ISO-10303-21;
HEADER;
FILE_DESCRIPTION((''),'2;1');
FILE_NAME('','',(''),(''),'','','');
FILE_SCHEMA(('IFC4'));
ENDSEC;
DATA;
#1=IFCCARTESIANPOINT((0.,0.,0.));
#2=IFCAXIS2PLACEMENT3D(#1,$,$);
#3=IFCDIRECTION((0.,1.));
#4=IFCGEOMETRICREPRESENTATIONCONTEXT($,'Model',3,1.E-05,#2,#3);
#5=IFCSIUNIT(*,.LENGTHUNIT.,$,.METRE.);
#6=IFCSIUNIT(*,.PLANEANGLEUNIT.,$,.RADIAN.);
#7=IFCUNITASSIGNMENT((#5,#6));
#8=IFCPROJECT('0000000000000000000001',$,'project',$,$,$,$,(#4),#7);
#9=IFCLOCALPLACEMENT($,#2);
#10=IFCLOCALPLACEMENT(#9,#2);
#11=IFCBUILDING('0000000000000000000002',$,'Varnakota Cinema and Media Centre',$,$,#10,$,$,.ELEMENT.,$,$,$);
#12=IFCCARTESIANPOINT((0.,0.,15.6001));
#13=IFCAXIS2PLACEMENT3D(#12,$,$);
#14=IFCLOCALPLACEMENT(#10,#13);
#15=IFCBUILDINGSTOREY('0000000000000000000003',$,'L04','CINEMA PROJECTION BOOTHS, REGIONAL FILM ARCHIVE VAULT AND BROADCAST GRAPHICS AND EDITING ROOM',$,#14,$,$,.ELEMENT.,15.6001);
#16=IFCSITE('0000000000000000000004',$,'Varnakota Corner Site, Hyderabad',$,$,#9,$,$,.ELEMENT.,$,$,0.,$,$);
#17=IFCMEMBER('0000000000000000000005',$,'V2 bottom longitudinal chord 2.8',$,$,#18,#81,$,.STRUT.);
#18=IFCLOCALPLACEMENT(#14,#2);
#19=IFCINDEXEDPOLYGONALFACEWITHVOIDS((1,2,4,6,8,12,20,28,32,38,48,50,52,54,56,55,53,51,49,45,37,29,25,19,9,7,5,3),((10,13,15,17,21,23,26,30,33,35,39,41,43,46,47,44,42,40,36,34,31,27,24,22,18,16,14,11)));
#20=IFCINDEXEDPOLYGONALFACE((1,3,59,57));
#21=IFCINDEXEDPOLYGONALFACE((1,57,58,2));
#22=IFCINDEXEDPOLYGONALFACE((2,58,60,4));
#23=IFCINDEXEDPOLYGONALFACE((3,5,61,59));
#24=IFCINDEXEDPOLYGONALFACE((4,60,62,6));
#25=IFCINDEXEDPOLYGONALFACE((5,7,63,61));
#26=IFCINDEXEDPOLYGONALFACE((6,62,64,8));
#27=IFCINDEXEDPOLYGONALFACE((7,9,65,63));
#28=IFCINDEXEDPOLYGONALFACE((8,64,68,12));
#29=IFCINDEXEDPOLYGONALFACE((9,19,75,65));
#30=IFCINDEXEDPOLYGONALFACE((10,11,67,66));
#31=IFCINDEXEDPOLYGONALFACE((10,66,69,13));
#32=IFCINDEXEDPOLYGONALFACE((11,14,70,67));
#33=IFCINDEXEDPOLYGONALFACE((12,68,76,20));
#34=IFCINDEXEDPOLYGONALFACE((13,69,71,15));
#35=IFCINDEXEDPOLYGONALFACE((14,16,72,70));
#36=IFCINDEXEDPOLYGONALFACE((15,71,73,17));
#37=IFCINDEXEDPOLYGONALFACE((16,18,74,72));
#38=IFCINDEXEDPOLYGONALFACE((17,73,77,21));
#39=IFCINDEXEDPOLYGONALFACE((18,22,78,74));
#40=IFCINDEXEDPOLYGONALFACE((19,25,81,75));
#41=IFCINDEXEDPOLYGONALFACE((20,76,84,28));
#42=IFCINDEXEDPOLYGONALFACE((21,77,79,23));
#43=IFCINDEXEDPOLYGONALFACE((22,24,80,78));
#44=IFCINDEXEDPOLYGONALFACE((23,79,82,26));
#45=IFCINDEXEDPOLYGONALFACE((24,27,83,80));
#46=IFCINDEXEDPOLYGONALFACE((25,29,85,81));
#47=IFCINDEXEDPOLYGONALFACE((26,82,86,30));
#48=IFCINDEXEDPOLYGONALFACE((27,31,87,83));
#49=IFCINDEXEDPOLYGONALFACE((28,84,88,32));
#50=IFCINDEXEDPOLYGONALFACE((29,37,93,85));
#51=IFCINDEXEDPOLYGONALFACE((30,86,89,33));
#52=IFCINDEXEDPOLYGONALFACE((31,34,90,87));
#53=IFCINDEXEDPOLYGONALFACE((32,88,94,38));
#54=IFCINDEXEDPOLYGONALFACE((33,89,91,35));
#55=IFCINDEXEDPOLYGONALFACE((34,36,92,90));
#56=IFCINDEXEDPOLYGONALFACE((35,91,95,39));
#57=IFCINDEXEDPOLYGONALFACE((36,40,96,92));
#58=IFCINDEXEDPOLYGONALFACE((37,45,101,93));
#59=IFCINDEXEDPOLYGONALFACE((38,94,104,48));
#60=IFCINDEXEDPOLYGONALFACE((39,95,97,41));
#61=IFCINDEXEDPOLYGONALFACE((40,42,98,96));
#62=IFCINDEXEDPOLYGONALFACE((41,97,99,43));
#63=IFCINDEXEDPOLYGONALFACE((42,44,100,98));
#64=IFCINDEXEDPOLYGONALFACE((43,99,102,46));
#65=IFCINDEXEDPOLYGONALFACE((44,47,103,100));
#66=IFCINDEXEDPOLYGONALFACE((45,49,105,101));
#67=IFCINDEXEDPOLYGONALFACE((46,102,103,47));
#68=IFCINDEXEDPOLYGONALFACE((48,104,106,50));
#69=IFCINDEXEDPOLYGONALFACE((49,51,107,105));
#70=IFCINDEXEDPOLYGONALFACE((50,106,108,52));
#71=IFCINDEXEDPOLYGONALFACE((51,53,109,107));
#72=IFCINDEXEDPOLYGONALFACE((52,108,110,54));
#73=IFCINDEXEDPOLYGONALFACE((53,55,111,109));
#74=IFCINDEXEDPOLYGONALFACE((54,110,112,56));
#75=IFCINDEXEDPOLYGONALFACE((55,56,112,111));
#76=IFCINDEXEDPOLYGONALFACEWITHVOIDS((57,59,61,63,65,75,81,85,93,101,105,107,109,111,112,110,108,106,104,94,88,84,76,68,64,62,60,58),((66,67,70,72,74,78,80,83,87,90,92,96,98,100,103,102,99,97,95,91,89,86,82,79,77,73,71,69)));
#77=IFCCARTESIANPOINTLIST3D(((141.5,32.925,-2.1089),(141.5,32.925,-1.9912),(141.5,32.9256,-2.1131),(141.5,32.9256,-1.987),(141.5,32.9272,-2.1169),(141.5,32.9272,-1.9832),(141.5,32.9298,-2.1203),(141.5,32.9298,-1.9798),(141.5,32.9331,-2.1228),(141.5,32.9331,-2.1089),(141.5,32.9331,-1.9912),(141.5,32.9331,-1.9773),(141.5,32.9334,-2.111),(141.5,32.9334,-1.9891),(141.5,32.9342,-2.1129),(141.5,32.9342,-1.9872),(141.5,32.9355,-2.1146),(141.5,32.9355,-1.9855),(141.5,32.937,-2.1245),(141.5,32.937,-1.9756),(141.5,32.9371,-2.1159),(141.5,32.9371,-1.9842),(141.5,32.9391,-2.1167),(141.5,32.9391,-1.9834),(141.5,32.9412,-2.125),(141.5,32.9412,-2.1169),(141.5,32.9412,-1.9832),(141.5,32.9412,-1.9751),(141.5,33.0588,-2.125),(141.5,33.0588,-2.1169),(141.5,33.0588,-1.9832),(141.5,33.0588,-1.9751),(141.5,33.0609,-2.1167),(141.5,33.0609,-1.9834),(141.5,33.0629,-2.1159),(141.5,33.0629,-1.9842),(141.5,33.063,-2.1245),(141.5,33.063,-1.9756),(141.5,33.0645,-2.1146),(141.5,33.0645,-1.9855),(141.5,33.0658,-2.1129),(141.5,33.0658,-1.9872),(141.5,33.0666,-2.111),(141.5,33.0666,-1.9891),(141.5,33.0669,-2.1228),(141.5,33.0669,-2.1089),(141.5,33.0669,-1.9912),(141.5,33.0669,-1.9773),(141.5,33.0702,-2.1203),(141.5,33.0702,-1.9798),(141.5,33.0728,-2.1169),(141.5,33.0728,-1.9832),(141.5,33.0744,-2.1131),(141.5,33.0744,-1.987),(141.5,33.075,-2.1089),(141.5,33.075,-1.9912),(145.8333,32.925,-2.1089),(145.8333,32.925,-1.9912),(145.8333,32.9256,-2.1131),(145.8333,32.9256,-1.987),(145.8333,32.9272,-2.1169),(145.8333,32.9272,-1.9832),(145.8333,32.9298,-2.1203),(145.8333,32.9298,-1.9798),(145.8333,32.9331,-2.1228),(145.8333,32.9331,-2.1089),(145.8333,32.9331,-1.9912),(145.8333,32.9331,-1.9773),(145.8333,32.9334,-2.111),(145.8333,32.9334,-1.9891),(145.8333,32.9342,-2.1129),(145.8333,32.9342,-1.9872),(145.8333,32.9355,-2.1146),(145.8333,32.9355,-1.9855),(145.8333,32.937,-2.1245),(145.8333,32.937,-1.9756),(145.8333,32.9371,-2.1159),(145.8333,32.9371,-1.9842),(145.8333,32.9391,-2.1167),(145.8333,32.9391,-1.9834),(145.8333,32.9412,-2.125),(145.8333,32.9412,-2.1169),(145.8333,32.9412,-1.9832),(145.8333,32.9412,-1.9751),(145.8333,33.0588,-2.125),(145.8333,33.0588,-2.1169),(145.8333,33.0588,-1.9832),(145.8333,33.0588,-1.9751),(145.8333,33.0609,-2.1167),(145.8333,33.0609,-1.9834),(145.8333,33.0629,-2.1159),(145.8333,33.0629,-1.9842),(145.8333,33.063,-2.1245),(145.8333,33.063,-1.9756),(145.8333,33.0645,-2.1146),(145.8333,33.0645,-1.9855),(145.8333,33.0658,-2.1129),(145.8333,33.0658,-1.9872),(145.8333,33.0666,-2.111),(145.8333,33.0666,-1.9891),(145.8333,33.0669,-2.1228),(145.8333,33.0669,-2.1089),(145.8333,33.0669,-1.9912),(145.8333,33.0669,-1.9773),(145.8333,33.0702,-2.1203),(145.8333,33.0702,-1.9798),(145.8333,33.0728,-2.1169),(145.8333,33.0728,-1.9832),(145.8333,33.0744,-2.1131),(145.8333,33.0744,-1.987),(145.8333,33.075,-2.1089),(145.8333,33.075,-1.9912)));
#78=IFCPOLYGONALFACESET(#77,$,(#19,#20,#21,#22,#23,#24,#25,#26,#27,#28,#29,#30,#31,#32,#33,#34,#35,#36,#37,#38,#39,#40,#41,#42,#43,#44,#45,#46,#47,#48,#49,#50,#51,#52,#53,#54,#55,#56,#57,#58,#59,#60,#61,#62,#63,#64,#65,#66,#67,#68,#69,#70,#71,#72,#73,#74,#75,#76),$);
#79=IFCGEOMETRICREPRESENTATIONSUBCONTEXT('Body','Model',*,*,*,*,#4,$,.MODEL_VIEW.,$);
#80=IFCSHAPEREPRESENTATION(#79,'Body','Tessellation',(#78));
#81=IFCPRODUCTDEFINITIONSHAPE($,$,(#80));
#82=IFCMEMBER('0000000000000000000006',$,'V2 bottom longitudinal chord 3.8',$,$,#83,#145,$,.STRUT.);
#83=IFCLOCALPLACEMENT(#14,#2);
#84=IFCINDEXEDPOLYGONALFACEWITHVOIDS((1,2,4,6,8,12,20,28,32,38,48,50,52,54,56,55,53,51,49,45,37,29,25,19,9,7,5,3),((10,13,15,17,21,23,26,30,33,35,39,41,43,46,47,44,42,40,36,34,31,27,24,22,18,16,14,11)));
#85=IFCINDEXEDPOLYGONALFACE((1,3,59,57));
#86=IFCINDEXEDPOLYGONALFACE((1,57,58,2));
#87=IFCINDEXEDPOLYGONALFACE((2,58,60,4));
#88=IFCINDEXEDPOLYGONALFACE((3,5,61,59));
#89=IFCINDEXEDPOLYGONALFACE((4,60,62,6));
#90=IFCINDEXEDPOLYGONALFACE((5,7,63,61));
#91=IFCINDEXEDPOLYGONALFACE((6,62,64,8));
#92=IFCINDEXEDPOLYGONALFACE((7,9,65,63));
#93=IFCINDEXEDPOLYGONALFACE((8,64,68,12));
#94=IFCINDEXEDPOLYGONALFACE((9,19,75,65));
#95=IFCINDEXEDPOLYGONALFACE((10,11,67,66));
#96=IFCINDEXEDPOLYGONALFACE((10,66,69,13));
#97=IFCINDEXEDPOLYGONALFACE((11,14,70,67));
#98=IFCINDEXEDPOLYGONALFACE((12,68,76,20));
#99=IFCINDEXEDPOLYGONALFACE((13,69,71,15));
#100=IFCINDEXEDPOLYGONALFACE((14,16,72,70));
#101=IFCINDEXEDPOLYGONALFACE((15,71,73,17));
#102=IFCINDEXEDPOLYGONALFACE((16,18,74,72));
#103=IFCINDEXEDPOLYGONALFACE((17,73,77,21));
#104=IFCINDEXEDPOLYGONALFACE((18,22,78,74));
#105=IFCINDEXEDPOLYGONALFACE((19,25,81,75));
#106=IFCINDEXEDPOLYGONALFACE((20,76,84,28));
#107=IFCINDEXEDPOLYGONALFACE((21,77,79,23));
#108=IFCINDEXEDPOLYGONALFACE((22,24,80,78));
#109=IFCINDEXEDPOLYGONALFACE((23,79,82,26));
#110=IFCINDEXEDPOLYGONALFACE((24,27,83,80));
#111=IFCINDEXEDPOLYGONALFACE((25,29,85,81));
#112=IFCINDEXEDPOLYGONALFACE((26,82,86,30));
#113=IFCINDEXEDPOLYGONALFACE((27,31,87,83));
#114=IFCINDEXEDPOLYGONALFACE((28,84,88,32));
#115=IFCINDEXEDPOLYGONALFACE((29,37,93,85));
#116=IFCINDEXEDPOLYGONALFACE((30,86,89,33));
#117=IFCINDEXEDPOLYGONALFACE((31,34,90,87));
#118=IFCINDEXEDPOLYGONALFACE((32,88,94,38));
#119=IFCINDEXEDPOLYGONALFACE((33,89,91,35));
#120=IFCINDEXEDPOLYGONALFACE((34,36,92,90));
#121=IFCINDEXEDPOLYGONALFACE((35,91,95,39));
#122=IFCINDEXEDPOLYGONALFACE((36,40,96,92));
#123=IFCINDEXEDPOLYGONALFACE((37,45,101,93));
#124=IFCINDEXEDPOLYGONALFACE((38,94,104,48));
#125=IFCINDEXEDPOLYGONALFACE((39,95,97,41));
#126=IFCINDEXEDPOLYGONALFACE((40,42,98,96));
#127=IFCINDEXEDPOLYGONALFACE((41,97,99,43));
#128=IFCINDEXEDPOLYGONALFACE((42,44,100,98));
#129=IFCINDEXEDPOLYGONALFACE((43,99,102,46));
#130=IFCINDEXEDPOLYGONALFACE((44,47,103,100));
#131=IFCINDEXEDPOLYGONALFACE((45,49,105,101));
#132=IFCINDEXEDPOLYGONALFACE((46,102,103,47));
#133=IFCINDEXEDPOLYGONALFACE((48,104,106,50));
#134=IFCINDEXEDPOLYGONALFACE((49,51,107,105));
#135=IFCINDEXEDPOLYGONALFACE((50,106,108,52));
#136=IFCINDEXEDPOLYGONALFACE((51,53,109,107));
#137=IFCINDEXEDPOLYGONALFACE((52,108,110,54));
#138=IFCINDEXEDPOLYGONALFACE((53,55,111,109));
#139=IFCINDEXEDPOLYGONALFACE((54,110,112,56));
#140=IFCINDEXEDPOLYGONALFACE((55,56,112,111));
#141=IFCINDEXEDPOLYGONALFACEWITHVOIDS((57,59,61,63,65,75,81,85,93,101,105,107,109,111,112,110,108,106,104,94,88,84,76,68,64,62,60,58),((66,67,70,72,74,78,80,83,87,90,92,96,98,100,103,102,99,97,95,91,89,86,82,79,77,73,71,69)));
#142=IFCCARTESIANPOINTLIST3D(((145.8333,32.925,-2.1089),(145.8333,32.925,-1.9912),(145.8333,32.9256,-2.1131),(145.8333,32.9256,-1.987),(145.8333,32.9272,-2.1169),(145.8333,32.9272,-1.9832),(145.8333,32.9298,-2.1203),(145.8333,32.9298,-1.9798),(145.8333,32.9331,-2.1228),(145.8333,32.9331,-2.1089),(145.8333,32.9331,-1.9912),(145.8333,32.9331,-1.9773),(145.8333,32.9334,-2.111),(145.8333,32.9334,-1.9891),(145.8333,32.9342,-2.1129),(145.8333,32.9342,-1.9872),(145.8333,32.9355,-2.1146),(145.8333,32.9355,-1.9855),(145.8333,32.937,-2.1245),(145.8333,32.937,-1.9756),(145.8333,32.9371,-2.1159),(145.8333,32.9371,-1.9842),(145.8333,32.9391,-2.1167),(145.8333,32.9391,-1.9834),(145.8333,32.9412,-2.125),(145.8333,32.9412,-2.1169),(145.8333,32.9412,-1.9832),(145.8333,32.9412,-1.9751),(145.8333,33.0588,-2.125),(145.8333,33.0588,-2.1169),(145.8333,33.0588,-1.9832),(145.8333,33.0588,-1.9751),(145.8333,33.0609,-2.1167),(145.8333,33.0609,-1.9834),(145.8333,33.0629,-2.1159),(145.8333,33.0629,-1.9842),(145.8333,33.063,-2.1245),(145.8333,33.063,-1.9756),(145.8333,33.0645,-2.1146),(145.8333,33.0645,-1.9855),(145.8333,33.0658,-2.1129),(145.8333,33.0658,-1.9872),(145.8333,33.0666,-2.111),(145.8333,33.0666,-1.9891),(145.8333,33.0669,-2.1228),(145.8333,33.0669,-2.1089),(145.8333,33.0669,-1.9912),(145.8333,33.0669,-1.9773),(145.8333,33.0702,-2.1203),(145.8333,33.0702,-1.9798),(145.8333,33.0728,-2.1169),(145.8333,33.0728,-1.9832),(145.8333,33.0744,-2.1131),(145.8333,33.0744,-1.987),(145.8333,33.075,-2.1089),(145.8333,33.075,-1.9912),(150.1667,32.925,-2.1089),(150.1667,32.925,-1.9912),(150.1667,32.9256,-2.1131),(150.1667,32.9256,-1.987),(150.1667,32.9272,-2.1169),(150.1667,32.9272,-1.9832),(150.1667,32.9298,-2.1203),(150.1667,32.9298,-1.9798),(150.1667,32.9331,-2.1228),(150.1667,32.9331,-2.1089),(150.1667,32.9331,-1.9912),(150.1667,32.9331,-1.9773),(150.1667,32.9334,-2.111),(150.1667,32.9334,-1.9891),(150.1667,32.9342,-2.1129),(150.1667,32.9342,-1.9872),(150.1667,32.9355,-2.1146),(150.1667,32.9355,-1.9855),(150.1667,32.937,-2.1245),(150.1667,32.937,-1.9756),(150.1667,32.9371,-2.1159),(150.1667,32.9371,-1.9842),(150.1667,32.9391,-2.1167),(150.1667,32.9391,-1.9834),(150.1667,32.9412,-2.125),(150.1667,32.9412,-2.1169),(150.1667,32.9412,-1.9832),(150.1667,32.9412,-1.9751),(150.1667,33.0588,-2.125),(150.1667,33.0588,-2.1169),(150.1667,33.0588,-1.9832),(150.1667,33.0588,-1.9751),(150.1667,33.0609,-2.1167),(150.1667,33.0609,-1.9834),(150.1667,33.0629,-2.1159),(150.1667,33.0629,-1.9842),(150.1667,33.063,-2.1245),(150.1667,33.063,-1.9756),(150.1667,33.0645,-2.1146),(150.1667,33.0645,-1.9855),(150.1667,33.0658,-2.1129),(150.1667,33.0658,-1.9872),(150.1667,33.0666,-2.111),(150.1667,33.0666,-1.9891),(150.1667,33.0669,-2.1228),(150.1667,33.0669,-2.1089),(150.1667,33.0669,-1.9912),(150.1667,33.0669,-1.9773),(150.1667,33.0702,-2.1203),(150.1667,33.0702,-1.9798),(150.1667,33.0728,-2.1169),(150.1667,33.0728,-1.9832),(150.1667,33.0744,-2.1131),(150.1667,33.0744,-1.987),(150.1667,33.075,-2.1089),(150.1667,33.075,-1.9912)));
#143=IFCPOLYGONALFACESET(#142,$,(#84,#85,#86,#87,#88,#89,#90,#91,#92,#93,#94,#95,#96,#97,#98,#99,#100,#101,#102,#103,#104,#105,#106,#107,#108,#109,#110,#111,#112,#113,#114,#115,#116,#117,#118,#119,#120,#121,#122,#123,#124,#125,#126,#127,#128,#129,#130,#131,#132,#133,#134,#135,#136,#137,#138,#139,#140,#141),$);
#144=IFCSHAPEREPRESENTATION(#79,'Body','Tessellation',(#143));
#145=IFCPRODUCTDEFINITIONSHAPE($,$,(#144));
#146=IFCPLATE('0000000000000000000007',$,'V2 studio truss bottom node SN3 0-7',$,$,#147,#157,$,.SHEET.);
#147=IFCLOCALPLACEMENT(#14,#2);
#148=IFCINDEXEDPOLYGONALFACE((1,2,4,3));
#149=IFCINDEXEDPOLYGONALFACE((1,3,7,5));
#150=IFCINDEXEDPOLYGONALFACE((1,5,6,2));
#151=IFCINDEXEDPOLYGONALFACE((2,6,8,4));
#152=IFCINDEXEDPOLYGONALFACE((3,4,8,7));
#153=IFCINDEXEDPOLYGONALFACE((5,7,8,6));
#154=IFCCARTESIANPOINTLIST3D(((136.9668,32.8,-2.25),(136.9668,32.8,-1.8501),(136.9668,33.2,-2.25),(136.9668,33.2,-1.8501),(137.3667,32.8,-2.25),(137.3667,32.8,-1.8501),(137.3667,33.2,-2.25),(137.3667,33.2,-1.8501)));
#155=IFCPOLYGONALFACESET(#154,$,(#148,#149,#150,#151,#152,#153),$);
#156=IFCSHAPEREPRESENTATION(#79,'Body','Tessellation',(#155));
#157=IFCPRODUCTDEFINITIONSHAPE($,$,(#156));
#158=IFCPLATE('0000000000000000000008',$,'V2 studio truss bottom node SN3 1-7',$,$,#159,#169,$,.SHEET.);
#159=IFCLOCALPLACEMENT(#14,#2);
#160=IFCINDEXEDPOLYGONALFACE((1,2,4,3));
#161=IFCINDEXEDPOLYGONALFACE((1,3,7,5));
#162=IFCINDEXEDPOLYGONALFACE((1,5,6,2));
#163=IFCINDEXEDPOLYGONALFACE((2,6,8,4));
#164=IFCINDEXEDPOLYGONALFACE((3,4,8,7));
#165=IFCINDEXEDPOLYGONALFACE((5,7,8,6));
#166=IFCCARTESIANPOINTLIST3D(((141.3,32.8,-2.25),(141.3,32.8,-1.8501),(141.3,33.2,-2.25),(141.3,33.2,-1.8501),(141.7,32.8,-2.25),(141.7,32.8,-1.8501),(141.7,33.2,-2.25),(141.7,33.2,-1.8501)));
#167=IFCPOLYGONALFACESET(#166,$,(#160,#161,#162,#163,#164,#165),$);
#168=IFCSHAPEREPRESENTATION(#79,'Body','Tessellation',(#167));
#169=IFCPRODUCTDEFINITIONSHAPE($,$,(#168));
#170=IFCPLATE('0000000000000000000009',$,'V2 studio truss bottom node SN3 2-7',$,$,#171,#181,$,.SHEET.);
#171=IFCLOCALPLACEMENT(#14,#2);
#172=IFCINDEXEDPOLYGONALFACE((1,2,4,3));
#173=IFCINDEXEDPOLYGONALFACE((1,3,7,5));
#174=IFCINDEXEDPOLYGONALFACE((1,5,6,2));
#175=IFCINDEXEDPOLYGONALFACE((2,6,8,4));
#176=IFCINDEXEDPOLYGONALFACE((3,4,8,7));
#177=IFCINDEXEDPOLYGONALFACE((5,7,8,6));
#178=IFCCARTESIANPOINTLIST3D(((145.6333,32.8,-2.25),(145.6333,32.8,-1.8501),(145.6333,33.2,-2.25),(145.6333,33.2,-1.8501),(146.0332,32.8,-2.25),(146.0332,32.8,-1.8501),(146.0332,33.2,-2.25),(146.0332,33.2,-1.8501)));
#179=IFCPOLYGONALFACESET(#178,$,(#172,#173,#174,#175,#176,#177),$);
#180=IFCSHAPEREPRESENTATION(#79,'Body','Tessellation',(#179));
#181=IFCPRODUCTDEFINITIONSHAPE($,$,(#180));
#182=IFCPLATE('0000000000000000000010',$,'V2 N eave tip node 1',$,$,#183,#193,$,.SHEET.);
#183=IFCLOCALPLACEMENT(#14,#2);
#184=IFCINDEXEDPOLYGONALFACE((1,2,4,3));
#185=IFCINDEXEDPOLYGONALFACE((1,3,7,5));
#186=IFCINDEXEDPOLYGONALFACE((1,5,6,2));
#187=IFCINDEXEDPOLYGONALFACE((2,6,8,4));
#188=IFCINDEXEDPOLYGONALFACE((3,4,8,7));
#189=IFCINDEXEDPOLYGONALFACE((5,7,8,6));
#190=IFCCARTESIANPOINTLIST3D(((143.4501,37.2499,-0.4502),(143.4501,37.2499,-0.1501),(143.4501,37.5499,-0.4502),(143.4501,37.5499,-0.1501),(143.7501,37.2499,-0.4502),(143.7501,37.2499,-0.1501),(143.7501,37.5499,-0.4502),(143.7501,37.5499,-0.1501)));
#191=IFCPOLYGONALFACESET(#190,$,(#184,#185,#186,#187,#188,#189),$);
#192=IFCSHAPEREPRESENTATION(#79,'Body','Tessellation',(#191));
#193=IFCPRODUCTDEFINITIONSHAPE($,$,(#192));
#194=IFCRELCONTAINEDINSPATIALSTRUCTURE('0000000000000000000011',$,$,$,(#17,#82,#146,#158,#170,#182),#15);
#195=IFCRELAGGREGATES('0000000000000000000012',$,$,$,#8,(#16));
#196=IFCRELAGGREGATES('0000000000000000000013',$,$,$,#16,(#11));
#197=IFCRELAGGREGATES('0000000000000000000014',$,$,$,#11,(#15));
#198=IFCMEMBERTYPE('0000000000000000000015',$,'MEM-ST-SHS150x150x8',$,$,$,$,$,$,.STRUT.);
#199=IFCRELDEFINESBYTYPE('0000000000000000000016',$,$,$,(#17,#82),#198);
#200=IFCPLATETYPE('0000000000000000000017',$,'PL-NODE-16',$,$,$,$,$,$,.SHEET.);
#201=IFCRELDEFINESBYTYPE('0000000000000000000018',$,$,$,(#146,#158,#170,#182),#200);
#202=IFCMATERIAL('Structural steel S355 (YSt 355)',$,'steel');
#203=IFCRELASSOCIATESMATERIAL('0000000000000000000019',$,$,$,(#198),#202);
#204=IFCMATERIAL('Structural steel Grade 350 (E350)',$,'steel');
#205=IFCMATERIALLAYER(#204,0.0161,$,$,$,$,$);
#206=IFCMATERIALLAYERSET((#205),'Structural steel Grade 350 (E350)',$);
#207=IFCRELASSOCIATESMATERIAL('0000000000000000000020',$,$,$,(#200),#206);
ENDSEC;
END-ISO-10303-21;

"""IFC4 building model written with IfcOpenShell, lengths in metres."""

from ifc_helpers import new_model, si_unit, direction, frame, origin, origin_2d, place, context, subcontext, project, spatial, rectangle, hollow_rectangle, extrude, material, layer, layer_set, material_profile, profile_set, type_object, element, save


model = new_model("IFC4")

# Units and contexts
model_context = context("Model", 3, precision=1e-05, world=origin(), true_north=direction((0.0, 1.0)))
body_context = subcontext(model_context, "Body", "Model", "MODEL_VIEW")
ifc_project = project(units=[si_unit("LENGTHUNIT", "METRE"), si_unit("PLANEANGLEUNIT", "RADIAN")], contexts=[model_context])

# Site, building, storey
site_placement = place(None, origin())
site = spatial("IfcSite", under=ifc_project, at=site_placement, Name="Varnakota Corner Site, Hyderabad", CompositionType="ELEMENT", RefElevation=0.0)
building_placement = place(site_placement, origin())
building = spatial("IfcBuilding", under=site, at=building_placement, Name="Varnakota Cinema and Media Centre", CompositionType="ELEMENT")
storey_placement = place(building_placement, frame((0.0, 0.0, 15.6001)))
storey = spatial("IfcBuildingStorey", under=building, at=storey_placement, Name="L04", Description="CINEMA PROJECTION BOOTHS, REGIONAL FILM ARCHIVE VAULT AND BROADCAST GRAPHICS AND EDITING ROOM", CompositionType="ELEMENT", Elevation=15.6001)

# Members
ifc_material_1 = material(Name="Structural steel S355 (YSt 355)", Category="steel")
ifc_material_profile_1 = material_profile(ifc_material_1, hollow_rectangle(XDim=0.1499, YDim=0.1499, WallThickness=0.0081, InnerFilletRadius=0.0081, OuterFilletRadius=0.0161, at=origin_2d()), Name="SHS 150x150x8")
ifc_profile_set_1 = profile_set([ifc_material_profile_1], Name="Structural steel S355 (YSt 355)")
member_type_1 = type_object("IfcMemberType", Name="MEM-ST-SHS150x150x8", PredefinedType="STRUT", material=ifc_profile_set_1)
for number, where, z_axis, x_axis, name in (
    (1, (141.5, 33.0, -2.05), (1.0, 0.0, 0.0), (0.0, 1.0, 0.0), "V2 bottom longitudinal chord 2.8"),
):
    element("IfcMember", number, at=place(storey_placement, frame(where, z_axis=z_axis, x_axis=x_axis)), inside=storey, type_object=member_type_1, Name=name, PredefinedType="STRUT", context=body_context, shape_type="SweptSolid", body=[
        extrude(hollow_rectangle(XDim=0.1499, YDim=0.1499, WallThickness=0.0081, InnerFilletRadius=0.0081, OuterFilletRadius=0.0161, at=origin_2d()), origin(), (0.0, 0.0, 1.0), 4.3333),
    ])
member_1_placement = place(storey_placement, frame((145.8333, 33.0, -2.05), z_axis=(1.0, 0.0, 0.0), x_axis=(0.0, 1.0, 0.0)))
element("IfcMember", 2, at=member_1_placement, inside=storey, type_object=member_type_1, Name="V2 bottom longitudinal chord 3.8", PredefinedType="STRUT", context=body_context, shape_type="SweptSolid", body=[
    extrude(hollow_rectangle(XDim=0.1499, YDim=0.1499, WallThickness=0.0081, InnerFilletRadius=0.0081, OuterFilletRadius=0.0161, at=origin_2d()), origin(), (0.0, 0.0, 1.0), 4.3335),
])

# Plates
ifc_material_2 = material(Name="Structural steel Grade 350 (E350)", Category="steel")
ifc_layer_1 = layer(ifc_material_2, 0.0161)
ifc_layer_set_1 = layer_set([ifc_layer_1], Name="Structural steel Grade 350 (E350)")
plate_type_1 = type_object("IfcPlateType", Name="PL-NODE-16", PredefinedType="SHEET", material=ifc_layer_set_1)
for number, where, z_axis, x_axis, name in (
    (3, (137.1667, 33.0, -2.25), (0.0, 0.0, 1.0), (1.0, 0.0, 0.0), "V2 studio truss bottom node SN3 0-7"),
    (4, (141.5, 33.0, -2.25), (0.0, 0.0, 1.0), (1.0, 0.0, 0.0), "V2 studio truss bottom node SN3 1-7"),
    (5, (145.8333, 33.0, -2.25), (0.0, 0.0, 1.0), (1.0, 0.0, 0.0), "V2 studio truss bottom node SN3 2-7"),
):
    element("IfcPlate", number, at=place(storey_placement, frame(where, z_axis=z_axis, x_axis=x_axis)), inside=storey, type_object=plate_type_1, Name=name, PredefinedType="SHEET", context=body_context, shape_type="SweptSolid", body=[
        extrude(rectangle(XDim=0.3999, YDim=0.3999, at=origin_2d()), origin(), (0.0, 0.0, 1.0), 0.3999),
    ])
plate_placement = place(storey_placement, frame((143.6001, 37.3999, -0.4502), z_axis=(0.0, 0.0, 1.0), x_axis=(1.0, 0.0, 0.0)))
element("IfcPlate", 6, at=plate_placement, inside=storey, type_object=plate_type_1, Name="V2 N eave tip node 1", PredefinedType="SHEET", context=body_context, shape_type="SweptSolid", body=[
    extrude(rectangle(XDim=0.3, YDim=0.3, at=origin_2d()), origin(), (0.0, 0.0, 1.0), 0.3),
])

save(model, "model.ifc")
